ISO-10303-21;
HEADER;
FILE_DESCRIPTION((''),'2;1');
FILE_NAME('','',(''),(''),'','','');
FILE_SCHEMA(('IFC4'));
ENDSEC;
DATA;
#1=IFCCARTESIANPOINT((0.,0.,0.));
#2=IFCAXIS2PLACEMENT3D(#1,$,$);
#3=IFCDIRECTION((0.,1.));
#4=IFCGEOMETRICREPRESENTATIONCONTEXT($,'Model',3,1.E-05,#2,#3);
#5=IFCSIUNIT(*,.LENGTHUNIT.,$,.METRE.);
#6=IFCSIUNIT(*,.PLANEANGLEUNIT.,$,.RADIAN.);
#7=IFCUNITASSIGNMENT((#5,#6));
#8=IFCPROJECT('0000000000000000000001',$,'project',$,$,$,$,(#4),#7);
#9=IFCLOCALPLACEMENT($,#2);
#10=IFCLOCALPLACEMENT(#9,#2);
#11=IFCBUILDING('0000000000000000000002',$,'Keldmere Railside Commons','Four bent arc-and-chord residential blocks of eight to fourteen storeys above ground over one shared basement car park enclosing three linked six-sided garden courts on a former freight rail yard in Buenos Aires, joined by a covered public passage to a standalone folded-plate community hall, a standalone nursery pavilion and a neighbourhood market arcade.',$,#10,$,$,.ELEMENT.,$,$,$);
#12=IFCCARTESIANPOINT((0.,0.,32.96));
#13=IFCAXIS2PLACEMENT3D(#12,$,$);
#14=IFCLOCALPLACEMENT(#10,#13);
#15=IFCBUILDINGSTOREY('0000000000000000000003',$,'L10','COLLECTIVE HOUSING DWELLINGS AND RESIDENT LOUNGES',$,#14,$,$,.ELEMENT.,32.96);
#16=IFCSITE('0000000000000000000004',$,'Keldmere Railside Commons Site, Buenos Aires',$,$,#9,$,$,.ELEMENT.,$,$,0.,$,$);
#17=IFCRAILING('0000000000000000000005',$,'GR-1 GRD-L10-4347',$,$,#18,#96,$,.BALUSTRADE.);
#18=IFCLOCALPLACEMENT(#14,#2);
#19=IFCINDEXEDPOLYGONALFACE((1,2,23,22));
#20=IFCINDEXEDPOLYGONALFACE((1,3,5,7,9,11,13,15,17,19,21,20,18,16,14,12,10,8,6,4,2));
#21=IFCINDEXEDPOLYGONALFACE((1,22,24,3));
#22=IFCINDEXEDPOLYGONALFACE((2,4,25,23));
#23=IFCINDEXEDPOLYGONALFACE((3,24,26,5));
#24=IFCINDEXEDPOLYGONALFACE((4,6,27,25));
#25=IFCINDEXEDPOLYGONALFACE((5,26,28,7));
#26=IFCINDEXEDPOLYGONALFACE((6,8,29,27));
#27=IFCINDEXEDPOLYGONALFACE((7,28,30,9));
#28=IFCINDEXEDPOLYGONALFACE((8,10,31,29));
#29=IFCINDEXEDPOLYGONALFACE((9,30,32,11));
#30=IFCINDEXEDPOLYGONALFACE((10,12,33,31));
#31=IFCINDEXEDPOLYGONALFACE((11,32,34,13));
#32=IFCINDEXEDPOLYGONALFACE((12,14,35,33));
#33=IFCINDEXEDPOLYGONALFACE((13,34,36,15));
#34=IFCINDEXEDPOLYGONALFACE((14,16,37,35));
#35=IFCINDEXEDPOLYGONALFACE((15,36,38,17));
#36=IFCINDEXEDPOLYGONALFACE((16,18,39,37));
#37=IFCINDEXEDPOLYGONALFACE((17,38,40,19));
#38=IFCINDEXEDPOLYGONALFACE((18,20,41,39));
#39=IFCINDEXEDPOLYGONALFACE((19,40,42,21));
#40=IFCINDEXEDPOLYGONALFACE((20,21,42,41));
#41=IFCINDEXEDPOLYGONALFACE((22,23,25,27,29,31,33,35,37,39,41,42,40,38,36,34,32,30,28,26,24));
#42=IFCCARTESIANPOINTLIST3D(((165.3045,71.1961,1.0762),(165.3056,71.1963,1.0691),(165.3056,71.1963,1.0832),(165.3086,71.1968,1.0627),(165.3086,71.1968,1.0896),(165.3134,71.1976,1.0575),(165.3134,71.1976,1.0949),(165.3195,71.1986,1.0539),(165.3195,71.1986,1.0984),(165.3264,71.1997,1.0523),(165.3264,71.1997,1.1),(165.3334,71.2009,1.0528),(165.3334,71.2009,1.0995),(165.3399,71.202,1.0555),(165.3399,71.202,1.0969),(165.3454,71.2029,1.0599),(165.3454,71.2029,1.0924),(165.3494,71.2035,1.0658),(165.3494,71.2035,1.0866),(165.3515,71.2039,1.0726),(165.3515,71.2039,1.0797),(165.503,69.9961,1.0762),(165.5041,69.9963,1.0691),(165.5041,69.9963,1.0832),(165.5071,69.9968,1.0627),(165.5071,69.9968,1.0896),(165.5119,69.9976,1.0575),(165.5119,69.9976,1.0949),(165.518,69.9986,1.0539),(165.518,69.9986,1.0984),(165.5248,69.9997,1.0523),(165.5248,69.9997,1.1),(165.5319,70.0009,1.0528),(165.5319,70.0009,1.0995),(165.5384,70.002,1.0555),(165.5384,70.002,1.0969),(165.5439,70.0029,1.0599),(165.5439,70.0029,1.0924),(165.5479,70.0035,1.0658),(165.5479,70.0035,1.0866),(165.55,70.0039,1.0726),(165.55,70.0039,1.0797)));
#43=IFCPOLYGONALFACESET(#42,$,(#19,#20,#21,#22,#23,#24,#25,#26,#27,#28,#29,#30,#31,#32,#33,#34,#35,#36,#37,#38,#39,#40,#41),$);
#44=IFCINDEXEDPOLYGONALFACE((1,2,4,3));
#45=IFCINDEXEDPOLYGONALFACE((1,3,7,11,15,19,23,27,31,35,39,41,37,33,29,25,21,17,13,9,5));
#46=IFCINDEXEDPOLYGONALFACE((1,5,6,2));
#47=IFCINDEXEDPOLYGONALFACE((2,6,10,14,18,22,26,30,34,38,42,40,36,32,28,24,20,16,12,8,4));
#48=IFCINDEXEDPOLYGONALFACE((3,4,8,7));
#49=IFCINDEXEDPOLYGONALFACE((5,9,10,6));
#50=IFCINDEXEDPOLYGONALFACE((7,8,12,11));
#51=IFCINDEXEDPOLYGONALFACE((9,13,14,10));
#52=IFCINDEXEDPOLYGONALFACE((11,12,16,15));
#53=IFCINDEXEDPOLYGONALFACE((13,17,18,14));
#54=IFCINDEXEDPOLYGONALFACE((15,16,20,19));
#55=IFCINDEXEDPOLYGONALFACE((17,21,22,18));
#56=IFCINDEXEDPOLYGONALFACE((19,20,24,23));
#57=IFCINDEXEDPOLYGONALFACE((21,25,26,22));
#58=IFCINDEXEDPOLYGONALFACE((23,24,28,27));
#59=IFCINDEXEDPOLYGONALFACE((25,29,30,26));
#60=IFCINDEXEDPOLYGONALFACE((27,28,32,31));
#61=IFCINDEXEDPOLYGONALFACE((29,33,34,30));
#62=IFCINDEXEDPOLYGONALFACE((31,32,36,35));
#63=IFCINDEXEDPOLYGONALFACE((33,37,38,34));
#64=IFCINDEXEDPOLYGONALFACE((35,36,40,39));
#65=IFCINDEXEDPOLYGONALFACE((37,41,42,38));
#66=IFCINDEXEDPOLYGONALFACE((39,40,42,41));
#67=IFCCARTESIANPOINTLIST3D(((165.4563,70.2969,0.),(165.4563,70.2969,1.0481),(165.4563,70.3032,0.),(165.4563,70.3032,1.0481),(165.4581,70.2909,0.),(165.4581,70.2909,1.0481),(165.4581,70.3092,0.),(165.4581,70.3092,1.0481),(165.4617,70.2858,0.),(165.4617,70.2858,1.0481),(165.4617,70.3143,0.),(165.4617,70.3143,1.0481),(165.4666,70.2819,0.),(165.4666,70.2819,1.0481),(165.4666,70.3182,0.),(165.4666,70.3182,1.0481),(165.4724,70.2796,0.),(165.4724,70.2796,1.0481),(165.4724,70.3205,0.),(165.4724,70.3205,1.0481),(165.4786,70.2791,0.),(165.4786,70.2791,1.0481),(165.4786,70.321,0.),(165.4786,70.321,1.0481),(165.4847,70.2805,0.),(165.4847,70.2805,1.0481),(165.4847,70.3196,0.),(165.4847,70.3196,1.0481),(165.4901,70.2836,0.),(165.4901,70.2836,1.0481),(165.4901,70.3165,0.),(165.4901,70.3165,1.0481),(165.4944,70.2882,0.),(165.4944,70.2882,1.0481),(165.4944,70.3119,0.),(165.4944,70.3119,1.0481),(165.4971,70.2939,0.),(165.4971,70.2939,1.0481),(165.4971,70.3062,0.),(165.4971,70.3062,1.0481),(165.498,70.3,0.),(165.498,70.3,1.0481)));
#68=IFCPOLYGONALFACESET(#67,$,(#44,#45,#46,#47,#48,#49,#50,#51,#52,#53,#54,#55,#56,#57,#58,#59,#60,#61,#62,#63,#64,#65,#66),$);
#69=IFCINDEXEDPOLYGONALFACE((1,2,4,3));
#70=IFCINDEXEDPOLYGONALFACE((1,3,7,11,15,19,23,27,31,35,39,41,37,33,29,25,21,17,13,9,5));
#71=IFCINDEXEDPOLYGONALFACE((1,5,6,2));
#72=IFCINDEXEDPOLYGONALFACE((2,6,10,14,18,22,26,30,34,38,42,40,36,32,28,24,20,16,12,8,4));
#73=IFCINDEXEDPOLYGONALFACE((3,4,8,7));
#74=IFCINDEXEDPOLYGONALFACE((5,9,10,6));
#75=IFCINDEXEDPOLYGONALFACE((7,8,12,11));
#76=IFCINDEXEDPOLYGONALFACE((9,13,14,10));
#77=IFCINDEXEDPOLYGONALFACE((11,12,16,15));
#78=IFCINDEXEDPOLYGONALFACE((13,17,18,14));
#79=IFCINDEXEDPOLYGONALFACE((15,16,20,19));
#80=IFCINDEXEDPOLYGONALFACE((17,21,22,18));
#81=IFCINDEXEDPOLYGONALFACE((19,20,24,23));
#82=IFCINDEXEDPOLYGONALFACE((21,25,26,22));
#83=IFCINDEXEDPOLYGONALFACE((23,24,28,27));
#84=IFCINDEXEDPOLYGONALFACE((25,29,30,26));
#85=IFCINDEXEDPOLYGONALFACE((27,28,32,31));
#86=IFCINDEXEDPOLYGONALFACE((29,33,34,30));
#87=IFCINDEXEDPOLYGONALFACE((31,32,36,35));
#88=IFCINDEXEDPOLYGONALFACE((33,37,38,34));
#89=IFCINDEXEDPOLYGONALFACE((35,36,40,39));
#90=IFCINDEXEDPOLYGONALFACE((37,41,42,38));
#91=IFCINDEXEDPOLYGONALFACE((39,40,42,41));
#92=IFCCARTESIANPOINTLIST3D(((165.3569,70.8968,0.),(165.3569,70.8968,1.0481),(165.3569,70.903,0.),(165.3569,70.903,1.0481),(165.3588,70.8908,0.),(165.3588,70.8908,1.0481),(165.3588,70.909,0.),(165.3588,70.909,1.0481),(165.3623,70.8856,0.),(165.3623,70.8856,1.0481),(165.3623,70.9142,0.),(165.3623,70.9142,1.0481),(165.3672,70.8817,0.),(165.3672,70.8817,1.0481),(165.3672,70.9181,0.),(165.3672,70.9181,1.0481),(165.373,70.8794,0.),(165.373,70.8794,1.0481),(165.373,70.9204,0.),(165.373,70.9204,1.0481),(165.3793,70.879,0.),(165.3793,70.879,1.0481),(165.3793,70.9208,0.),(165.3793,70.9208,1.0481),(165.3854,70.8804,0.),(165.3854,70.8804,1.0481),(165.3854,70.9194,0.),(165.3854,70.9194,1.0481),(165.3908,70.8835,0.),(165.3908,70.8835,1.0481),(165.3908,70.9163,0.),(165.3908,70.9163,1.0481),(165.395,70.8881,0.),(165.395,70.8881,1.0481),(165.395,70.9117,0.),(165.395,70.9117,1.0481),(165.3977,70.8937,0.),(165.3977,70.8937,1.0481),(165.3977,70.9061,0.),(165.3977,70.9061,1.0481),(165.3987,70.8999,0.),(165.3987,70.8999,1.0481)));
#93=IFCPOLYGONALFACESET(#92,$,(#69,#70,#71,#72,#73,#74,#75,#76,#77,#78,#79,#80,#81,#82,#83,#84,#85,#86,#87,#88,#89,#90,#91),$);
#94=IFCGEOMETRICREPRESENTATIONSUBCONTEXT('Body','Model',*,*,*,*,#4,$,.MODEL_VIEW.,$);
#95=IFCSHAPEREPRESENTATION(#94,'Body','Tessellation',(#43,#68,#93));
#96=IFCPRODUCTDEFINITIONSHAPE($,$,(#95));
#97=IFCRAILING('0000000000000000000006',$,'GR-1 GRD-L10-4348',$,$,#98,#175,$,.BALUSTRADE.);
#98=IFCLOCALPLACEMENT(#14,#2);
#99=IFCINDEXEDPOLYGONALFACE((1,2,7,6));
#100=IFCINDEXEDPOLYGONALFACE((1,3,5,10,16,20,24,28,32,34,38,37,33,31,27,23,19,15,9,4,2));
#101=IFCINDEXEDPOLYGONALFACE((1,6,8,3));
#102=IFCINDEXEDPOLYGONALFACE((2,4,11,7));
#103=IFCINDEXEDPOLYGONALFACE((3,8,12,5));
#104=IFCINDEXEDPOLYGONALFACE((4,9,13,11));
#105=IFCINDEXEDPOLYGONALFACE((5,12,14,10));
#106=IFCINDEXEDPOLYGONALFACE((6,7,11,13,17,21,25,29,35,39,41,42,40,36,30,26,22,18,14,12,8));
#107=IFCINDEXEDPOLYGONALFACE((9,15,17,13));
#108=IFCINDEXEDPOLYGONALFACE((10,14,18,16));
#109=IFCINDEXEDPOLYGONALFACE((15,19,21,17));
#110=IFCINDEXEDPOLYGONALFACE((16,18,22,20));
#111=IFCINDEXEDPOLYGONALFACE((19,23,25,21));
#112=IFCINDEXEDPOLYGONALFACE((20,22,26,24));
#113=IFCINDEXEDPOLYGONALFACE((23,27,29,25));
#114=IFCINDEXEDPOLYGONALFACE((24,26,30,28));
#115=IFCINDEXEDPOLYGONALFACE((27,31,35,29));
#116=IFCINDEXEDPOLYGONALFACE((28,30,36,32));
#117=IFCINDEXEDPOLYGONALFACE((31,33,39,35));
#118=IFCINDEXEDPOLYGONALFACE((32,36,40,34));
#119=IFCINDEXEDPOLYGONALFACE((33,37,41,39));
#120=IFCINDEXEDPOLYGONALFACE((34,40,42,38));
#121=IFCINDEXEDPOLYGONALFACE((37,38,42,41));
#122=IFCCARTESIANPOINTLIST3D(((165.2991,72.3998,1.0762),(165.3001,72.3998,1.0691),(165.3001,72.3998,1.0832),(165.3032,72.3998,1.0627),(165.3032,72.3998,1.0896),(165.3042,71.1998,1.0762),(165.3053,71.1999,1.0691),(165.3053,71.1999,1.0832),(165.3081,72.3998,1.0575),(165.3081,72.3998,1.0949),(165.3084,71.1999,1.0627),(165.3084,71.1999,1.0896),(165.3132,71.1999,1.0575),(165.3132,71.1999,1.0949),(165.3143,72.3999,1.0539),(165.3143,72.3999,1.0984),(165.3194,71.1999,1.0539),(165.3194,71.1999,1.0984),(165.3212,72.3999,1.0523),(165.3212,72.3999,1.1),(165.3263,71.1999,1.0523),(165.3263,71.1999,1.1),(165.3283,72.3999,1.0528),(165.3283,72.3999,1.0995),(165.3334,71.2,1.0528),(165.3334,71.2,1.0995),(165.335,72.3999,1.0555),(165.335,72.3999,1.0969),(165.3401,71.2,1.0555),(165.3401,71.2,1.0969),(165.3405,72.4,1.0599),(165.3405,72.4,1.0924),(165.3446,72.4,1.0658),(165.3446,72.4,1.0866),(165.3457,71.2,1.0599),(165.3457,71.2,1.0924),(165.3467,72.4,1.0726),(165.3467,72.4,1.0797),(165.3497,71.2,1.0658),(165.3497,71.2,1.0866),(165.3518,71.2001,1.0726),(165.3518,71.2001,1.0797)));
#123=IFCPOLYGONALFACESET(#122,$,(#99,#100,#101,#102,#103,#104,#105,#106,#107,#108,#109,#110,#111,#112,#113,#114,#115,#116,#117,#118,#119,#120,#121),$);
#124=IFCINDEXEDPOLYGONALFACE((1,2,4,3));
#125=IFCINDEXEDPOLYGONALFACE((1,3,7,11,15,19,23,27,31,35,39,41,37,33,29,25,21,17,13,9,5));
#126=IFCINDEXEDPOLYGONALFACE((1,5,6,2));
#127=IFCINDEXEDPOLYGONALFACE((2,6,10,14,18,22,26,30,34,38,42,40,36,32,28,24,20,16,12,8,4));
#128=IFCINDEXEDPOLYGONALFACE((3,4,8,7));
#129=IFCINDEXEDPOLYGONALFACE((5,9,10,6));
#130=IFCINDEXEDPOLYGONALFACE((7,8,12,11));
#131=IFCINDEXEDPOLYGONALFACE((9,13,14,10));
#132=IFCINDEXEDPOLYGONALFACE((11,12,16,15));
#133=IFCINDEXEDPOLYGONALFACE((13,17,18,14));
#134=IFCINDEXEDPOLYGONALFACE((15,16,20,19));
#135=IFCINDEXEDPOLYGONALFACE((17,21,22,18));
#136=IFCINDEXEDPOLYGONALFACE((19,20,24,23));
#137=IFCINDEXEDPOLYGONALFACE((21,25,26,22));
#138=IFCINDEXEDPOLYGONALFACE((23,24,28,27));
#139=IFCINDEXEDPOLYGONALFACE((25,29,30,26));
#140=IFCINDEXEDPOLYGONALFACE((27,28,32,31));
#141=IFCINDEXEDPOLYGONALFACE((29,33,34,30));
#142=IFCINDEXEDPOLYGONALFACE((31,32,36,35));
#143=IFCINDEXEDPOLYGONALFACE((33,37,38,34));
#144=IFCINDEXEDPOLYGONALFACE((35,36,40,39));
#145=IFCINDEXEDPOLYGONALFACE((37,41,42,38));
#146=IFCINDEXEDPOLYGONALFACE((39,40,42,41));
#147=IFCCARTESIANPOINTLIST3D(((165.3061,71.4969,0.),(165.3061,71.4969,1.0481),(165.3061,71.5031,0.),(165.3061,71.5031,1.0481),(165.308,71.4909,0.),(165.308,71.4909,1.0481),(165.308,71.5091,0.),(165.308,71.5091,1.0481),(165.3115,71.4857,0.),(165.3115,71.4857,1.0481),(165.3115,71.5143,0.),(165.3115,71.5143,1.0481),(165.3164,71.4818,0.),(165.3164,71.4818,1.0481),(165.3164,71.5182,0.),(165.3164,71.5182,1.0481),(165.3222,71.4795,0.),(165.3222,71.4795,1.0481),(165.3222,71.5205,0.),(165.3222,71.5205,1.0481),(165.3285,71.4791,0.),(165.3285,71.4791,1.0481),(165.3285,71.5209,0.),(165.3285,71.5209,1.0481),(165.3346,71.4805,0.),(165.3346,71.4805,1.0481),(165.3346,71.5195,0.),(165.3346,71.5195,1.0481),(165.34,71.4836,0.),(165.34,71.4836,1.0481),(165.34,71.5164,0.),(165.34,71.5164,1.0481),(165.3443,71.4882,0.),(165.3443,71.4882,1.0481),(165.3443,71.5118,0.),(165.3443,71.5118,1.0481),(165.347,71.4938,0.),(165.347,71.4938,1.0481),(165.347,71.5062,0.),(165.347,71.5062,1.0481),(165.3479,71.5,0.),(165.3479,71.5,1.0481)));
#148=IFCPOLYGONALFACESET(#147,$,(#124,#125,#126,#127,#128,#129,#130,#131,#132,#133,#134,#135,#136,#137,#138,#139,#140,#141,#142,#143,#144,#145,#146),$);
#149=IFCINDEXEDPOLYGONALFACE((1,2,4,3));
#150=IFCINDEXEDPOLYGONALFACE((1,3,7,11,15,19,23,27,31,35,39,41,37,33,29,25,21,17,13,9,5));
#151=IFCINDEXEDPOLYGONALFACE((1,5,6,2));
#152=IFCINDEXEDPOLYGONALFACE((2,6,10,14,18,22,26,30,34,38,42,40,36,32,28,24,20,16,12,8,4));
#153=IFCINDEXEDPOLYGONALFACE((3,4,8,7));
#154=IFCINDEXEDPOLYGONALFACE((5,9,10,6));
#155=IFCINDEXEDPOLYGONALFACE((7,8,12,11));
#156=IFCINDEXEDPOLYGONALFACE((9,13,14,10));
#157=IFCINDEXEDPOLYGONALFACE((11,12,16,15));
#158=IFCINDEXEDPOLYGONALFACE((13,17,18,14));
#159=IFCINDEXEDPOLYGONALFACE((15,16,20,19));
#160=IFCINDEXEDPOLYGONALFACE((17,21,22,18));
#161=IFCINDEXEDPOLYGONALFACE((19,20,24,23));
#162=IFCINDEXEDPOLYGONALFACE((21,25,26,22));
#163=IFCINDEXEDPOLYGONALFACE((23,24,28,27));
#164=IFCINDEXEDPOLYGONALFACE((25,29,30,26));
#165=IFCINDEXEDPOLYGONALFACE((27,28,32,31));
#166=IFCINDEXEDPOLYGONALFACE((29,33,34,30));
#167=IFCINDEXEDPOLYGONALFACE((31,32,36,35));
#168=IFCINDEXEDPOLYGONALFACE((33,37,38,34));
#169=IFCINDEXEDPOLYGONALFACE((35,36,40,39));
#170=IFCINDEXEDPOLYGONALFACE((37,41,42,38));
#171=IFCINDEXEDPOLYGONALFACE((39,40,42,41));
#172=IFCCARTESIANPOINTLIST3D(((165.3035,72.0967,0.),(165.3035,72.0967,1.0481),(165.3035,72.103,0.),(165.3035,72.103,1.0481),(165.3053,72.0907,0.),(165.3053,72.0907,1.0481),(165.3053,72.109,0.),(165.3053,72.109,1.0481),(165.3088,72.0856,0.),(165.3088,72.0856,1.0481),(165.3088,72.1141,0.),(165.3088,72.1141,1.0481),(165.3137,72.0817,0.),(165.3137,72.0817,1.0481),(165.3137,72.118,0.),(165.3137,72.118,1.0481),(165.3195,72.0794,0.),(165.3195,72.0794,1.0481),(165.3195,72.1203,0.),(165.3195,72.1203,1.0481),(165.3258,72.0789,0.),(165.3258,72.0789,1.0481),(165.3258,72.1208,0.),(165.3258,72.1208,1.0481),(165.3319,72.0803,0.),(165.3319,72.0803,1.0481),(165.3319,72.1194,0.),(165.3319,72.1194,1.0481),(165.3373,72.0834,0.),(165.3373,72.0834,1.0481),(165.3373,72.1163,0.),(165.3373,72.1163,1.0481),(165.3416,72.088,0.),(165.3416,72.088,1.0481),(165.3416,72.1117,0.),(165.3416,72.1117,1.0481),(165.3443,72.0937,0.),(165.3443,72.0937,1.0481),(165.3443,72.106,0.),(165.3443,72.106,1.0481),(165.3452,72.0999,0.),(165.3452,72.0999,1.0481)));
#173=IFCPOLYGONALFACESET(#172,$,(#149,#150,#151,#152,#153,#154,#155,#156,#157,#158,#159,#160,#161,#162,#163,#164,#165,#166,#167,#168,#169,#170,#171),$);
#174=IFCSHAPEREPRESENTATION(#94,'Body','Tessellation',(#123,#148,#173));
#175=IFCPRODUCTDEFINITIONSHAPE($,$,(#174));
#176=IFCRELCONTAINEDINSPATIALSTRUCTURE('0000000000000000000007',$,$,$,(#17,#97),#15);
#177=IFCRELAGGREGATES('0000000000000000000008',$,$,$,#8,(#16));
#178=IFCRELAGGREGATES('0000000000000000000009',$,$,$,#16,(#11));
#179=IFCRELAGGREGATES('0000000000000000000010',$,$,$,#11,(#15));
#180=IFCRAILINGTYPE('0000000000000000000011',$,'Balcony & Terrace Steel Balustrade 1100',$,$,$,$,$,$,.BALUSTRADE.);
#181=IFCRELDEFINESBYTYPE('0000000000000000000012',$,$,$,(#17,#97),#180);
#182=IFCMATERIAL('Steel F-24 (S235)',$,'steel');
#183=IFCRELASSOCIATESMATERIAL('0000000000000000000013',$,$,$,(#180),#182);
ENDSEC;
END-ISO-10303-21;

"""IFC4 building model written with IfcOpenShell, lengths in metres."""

from ifc_helpers import new_model, si_unit, direction, frame, origin, origin_2d, place, context, subcontext, project, spatial, circle, extrude, material, type_object, element, save


model = new_model("IFC4")

# Units and contexts
model_context = context("Model", 3, precision=1e-05, world=origin(), true_north=direction((0.0, 1.0)))
body_context = subcontext(model_context, "Body", "Model", "MODEL_VIEW")
ifc_project = project(units=[si_unit("LENGTHUNIT", "METRE"), si_unit("PLANEANGLEUNIT", "RADIAN")], contexts=[model_context])

# Site, building, storey
site_placement = place(None, origin())
site = spatial("IfcSite", under=ifc_project, at=site_placement, Name="Keldmere Railside Commons Site, Buenos Aires", CompositionType="ELEMENT", RefElevation=0.0)
building_placement = place(site_placement, origin())
building = spatial("IfcBuilding", under=site, at=building_placement, Name="Keldmere Railside Commons", Description="Four bent arc-and-chord residential blocks of eight to fourteen storeys above ground over one shared basement car park enclosing three linked six-sided garden courts on a former freight rail yard in Buenos Aires, joined by a covered public passage to a standalone folded-plate community hall, a standalone nursery pavilion and a neighbourhood market arcade.", CompositionType="ELEMENT")
storey_placement = place(building_placement, frame((0.0, 0.0, 32.96)))
storey = spatial("IfcBuildingStorey", under=building, at=storey_placement, Name="L10", Description="COLLECTIVE HOUSING DWELLINGS AND RESIDENT LOUNGES", CompositionType="ELEMENT", Elevation=32.96)

# Railings
ifc_material_1 = material(Name="Steel F-24 (S235)", Category="steel")
railing_type_1 = type_object("IfcRailingType", Name="Balcony & Terrace Steel Balustrade 1100", PredefinedType="BALUSTRADE", material=ifc_material_1)
railing_1_placement = place(storey_placement, frame((165.5266, 70.0, 0.0)))
element("IfcRailing", 1, at=railing_1_placement, inside=storey, type_object=railing_type_1, Name="GR-1 GRD-L10-4347", PredefinedType="BALUSTRADE", context=body_context, shape_type="SweptSolid", body=[
    extrude(circle(Radius=0.0239, at=origin_2d()), frame((0.0, 0.0, 1.0762), z_axis=(-0.163194, 0.986594, 0.0), x_axis=(-0.986594, -0.163194, 0.0)), (0.0, 0.0, 1.0), 1.2163),
    extrude(circle(Radius=0.021, at=origin_2d()), frame((-0.0496, 0.3, 0.0)), (0.0, 0.0, 1.0), 1.0481),
    extrude(circle(Radius=0.021, at=origin_2d()), frame((-0.1489, 0.8999, 0.0)), (0.0, 0.0, 1.0), 1.0481),
])
railing_2_placement = place(storey_placement, frame((165.3281, 71.2, 0.0)))
element("IfcRailing", 2, at=railing_2_placement, inside=storey, type_object=railing_type_1, Name="GR-1 GRD-L10-4348", PredefinedType="BALUSTRADE", context=body_context, shape_type="SweptSolid", body=[
    extrude(circle(Radius=0.0239, at=origin_2d()), frame((0.0, 0.0, 1.0762), z_axis=(-0.004273, 0.999991, 0.0), x_axis=(-0.999991, -0.004273, 0.0)), (0.0, 0.0, 1.0), 1.2),
    extrude(circle(Radius=0.021, at=origin_2d()), frame((-0.0012, 0.3, 0.0)), (0.0, 0.0, 1.0), 1.0481),
    extrude(circle(Radius=0.021, at=origin_2d()), frame((-0.0039, 0.8999, 0.0)), (0.0, 0.0, 1.0), 1.0481),
])

save(model, "model.ifc")
